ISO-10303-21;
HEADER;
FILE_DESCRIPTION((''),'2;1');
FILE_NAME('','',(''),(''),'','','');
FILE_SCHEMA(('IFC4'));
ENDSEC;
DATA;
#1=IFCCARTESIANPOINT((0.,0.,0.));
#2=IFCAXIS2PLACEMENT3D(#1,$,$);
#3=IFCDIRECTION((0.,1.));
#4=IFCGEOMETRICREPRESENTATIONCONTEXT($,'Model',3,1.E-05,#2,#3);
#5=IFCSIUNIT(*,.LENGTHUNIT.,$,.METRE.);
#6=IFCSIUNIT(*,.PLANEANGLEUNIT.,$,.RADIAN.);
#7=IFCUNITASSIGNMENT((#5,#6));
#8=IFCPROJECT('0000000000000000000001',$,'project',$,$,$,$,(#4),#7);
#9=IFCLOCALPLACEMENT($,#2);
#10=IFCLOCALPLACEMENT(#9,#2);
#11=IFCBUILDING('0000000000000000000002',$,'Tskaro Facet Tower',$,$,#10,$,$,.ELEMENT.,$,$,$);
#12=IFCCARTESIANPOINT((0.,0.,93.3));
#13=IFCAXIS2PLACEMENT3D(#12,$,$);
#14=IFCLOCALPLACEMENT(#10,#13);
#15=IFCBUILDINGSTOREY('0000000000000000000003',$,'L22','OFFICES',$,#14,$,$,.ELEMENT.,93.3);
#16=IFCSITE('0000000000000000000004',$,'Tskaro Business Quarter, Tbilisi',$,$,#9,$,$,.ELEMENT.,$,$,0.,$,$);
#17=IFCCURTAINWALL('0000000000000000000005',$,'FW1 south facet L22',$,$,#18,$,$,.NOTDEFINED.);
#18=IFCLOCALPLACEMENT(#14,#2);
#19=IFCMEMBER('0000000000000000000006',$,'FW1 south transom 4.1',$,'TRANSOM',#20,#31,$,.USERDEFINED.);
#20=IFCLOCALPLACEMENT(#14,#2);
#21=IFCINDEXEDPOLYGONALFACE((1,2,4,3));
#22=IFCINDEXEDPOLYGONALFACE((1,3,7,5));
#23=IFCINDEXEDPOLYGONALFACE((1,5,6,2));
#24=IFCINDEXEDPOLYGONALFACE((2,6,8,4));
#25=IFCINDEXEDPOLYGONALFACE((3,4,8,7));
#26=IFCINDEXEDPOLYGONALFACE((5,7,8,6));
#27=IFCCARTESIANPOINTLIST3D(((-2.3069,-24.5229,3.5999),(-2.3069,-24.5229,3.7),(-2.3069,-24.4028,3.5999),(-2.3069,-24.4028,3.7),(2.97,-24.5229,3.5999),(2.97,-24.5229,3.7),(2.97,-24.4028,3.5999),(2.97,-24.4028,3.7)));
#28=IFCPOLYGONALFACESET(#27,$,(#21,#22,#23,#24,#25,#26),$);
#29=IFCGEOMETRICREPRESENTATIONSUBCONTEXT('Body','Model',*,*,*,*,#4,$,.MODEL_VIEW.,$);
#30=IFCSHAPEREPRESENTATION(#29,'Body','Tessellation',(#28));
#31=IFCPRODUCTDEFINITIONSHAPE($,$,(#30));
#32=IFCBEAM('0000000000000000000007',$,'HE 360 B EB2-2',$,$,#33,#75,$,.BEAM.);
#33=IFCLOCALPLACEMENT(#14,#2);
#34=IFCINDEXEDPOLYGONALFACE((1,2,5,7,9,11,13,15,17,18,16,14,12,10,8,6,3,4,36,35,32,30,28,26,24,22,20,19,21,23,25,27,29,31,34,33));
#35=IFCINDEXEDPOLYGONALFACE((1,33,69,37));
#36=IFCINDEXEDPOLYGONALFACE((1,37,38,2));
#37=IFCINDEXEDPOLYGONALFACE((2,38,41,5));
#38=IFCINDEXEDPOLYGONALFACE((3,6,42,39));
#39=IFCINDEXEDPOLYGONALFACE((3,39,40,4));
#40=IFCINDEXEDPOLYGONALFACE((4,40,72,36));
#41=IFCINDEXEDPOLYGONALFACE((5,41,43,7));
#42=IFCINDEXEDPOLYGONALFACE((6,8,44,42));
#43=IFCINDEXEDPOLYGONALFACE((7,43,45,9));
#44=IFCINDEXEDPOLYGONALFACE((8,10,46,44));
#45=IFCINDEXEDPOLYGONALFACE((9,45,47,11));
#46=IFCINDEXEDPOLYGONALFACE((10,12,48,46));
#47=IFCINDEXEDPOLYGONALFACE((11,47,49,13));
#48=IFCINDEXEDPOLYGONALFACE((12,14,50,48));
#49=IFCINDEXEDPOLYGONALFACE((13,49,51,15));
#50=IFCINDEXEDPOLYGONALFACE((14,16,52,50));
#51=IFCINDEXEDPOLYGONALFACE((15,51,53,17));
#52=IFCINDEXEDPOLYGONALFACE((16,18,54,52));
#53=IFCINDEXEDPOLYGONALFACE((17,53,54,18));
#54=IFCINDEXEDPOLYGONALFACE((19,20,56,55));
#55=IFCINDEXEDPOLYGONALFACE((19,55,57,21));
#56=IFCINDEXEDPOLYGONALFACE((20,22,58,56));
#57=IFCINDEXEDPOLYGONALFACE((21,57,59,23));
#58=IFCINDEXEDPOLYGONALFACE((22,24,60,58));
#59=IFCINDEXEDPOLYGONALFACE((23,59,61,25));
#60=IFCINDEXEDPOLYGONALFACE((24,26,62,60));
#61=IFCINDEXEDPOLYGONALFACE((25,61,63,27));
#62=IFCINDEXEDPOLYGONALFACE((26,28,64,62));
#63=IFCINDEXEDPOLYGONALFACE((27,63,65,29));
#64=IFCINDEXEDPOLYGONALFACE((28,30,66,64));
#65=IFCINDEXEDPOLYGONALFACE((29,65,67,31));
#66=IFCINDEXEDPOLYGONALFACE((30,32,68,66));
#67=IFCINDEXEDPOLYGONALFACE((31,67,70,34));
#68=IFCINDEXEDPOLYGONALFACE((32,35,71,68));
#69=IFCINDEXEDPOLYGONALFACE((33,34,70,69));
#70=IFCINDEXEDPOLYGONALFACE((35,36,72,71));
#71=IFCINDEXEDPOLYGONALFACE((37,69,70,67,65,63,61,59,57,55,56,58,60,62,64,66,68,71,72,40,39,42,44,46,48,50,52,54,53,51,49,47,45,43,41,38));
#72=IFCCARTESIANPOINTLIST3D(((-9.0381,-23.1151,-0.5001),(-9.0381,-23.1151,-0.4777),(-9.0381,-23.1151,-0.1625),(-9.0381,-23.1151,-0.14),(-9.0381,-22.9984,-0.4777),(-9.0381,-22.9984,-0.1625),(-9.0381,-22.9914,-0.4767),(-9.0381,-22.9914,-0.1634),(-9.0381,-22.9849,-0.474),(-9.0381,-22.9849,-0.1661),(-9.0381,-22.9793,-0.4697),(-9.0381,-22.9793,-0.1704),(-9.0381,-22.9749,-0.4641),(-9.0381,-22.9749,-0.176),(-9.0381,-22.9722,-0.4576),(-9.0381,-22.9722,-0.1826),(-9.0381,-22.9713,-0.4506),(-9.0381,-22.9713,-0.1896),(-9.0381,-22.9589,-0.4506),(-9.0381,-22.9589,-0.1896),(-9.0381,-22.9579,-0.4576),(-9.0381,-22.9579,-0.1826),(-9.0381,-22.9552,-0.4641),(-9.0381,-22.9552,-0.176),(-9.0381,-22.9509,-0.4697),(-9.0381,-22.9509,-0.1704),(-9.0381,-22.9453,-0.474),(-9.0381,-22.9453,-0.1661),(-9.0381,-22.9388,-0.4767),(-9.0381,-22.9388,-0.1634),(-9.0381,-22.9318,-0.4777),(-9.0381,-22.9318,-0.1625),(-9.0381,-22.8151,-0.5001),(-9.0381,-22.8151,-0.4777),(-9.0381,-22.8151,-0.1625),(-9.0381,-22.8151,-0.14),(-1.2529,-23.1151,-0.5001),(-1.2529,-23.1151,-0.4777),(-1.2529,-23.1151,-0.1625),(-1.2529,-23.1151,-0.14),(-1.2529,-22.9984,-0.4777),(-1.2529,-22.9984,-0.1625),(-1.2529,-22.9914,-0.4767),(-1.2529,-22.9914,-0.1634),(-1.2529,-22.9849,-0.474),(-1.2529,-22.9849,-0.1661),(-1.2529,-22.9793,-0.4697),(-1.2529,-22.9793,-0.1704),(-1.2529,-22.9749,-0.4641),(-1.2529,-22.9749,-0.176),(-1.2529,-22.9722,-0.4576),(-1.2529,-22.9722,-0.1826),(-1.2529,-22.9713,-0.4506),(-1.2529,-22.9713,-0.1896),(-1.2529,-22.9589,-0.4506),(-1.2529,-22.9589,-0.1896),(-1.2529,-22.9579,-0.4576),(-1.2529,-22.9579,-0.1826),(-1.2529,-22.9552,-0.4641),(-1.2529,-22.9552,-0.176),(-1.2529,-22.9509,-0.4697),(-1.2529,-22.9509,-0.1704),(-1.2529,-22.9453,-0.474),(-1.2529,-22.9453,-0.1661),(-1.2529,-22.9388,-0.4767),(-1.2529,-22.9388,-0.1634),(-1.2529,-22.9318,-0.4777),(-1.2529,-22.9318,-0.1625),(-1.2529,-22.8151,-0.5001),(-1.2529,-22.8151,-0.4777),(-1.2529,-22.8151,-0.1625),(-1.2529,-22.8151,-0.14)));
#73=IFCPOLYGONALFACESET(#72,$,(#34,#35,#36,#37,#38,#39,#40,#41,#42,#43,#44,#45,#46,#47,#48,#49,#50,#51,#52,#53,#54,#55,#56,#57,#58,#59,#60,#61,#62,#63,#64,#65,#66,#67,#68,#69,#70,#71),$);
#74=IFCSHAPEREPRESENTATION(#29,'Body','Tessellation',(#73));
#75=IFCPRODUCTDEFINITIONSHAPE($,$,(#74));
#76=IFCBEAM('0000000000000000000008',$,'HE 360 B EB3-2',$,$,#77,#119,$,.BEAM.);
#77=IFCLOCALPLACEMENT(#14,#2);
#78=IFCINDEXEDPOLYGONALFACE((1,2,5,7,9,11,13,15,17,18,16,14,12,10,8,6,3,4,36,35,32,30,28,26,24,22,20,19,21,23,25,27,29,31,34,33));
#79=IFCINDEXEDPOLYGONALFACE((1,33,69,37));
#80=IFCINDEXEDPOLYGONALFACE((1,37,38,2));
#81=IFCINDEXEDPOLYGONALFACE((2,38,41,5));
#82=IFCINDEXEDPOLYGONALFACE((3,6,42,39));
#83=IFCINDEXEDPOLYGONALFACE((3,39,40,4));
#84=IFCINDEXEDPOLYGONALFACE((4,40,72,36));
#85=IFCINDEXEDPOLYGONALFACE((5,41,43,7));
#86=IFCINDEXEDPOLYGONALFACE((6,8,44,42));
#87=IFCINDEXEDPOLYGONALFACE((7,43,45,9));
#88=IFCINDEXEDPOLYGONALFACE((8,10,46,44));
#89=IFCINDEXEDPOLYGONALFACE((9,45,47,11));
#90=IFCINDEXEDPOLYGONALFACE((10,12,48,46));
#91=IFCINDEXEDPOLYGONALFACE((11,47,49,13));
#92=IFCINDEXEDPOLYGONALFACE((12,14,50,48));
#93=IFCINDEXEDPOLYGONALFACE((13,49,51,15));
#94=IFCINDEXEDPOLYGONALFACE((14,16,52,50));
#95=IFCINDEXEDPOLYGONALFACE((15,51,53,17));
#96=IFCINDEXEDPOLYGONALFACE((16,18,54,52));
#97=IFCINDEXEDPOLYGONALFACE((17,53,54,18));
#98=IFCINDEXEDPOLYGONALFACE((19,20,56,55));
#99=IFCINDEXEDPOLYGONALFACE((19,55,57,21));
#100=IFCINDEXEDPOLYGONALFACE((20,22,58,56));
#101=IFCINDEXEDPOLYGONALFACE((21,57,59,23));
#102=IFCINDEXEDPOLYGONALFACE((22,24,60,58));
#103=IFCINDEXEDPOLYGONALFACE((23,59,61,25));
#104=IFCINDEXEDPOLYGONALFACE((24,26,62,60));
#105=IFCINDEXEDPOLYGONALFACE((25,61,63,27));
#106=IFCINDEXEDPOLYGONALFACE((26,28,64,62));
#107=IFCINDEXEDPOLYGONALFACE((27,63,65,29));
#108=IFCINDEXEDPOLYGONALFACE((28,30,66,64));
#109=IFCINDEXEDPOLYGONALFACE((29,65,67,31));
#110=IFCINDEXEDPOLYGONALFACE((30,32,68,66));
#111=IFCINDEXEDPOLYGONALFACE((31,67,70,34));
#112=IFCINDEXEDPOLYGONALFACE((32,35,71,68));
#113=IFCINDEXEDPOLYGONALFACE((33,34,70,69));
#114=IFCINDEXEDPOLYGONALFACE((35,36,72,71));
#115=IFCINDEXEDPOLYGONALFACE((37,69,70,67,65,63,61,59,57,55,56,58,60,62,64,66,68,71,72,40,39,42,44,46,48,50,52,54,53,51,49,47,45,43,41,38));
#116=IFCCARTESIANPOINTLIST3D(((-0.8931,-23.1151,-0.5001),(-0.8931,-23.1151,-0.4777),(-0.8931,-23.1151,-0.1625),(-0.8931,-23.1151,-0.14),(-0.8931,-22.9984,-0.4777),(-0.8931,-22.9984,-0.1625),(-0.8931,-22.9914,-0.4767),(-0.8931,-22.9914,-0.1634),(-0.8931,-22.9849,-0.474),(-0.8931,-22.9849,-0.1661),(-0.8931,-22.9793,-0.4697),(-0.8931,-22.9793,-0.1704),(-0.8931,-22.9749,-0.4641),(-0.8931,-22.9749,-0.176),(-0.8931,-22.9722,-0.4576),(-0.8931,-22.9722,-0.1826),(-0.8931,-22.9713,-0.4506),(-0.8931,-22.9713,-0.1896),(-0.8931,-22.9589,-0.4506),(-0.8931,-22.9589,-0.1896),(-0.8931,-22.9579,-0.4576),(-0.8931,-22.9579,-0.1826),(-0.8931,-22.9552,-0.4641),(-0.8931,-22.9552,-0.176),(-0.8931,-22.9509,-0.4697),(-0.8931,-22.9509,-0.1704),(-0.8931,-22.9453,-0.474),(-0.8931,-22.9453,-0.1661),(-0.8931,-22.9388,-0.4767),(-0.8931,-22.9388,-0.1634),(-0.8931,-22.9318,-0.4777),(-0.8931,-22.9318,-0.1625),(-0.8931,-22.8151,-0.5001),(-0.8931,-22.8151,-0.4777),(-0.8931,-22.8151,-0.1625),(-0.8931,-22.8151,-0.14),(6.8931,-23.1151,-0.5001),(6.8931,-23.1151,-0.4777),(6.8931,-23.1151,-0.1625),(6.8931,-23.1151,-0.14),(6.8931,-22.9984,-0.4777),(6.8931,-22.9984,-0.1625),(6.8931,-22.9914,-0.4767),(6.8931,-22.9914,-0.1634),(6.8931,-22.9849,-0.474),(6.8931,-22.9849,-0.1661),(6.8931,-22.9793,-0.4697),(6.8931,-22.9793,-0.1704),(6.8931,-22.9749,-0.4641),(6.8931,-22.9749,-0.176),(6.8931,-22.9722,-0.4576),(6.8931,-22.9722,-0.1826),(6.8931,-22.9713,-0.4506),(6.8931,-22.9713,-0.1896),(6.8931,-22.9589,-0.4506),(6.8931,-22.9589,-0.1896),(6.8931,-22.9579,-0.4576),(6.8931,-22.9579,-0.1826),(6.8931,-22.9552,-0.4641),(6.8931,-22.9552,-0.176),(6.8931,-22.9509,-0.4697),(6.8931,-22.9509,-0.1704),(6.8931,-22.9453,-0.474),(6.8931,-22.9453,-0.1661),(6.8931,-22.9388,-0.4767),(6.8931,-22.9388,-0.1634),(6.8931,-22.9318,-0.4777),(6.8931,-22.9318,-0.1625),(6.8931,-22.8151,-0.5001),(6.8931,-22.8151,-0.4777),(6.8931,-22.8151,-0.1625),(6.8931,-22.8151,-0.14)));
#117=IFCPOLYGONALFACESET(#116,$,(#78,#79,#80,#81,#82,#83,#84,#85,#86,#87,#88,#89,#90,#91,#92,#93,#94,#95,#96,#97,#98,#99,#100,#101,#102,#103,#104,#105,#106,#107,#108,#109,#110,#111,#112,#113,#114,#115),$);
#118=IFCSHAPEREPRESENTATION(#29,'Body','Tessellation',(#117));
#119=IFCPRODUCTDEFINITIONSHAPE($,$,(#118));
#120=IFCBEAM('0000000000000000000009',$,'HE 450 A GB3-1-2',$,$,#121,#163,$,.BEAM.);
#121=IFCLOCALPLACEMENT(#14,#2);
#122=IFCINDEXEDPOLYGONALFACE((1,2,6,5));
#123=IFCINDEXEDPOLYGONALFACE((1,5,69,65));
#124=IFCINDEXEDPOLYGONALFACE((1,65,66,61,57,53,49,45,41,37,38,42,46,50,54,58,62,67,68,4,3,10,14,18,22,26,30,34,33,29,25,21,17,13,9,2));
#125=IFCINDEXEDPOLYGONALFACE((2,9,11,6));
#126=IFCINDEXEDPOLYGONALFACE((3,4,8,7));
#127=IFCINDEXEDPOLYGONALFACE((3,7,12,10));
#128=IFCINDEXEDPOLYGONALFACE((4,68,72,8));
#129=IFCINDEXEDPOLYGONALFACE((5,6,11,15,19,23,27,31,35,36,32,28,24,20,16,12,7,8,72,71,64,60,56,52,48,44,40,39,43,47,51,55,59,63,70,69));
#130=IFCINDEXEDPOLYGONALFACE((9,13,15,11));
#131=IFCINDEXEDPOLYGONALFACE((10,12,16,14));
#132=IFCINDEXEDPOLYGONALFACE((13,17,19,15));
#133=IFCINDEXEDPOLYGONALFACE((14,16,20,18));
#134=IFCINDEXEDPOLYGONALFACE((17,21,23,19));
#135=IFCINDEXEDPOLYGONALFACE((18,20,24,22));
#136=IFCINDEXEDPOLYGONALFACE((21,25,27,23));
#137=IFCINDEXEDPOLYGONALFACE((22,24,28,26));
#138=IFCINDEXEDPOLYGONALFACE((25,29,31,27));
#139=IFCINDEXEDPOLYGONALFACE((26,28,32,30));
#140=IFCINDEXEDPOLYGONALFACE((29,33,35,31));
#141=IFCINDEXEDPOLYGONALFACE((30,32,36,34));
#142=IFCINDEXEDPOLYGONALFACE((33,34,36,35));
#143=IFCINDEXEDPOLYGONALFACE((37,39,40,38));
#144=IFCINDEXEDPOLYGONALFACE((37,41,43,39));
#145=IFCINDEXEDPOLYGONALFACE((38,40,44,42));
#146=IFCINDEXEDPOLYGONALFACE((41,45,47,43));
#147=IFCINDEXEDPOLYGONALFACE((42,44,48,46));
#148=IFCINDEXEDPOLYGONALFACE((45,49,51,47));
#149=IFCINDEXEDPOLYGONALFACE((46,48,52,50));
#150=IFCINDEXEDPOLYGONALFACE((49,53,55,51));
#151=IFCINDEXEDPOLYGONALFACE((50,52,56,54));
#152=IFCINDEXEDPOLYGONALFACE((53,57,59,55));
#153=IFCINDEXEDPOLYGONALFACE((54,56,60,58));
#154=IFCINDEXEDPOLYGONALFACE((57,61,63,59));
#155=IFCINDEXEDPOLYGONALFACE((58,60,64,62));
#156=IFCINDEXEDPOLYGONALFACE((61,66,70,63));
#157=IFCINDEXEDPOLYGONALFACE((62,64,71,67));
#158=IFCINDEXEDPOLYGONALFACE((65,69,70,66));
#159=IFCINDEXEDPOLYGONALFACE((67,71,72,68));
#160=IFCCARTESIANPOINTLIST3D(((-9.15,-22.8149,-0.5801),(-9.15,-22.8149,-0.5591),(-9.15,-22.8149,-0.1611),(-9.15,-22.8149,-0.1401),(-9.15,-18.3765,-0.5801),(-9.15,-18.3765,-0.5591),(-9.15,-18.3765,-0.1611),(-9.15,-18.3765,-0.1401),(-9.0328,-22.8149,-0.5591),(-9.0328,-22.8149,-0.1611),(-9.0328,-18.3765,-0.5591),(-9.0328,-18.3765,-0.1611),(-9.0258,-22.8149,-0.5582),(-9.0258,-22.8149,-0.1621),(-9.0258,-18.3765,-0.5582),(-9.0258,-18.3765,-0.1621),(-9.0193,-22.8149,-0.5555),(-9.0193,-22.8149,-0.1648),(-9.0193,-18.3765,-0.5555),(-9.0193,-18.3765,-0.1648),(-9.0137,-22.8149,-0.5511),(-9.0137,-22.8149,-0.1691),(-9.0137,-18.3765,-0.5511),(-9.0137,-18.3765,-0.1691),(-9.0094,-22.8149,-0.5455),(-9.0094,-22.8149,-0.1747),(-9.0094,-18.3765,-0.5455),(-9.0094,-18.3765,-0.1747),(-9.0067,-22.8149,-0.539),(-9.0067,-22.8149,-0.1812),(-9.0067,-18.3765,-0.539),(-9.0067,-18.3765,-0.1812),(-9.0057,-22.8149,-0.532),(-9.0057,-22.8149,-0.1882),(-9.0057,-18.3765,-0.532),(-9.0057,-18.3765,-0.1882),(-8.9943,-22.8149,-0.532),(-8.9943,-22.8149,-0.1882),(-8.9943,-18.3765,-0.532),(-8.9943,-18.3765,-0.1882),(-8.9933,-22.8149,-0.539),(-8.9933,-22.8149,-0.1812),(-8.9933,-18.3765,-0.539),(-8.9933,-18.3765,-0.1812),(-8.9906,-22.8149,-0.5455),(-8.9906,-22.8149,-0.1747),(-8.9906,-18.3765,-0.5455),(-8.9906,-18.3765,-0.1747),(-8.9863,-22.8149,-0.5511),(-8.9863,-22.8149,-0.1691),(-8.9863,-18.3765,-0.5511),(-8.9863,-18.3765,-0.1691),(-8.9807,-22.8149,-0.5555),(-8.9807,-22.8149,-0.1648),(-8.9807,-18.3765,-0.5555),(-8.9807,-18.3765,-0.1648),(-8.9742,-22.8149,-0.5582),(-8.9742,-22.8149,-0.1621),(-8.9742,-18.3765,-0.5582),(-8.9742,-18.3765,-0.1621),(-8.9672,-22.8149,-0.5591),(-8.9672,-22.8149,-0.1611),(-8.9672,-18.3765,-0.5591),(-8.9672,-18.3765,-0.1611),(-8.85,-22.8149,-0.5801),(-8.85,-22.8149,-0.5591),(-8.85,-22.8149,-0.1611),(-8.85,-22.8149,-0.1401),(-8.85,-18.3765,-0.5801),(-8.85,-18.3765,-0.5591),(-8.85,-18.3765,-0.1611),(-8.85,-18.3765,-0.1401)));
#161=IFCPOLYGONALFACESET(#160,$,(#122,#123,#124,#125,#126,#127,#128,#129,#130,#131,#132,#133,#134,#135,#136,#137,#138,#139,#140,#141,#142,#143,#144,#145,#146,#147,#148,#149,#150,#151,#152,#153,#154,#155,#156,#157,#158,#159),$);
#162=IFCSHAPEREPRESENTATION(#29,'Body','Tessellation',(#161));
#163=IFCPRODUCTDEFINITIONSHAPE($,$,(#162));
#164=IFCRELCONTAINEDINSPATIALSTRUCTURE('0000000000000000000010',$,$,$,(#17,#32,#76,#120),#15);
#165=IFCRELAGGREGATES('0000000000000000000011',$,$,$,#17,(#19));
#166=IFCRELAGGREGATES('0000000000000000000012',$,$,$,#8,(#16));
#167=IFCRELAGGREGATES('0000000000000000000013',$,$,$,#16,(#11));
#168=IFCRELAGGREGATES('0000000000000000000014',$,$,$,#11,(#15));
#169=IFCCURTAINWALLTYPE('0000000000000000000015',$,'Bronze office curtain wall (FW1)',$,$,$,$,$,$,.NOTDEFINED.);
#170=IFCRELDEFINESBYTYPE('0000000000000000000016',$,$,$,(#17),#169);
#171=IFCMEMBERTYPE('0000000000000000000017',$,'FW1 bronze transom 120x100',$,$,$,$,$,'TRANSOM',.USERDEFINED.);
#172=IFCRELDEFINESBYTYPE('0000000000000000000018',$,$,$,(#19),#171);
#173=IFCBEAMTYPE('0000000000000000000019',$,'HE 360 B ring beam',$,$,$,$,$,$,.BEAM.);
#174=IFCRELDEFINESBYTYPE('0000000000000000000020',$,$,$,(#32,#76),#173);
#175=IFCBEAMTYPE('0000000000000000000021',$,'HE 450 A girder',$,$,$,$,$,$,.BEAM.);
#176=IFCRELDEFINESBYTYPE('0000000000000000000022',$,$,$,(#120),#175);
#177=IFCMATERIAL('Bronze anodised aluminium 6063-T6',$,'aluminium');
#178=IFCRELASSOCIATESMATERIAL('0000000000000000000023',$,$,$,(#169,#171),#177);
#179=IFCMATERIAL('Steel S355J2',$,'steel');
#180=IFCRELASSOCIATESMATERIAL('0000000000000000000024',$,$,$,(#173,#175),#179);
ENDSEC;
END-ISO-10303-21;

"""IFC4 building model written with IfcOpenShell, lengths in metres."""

from ifc_helpers import new_model, si_unit, direction, frame, origin, origin_2d, place, context, subcontext, project, spatial, rectangle, i_section, extrude, material, material_profile, profile_set, type_object, element, aggregate, save


model = new_model("IFC4")

# Units and contexts
model_context = context("Model", 3, precision=1e-05, world=origin(), true_north=direction((0.0, 1.0)))
body_context = subcontext(model_context, "Body", "Model", "MODEL_VIEW")
ifc_project = project(units=[si_unit("LENGTHUNIT", "METRE"), si_unit("PLANEANGLEUNIT", "RADIAN")], contexts=[model_context])

# Site, building, storey
site_placement = place(None, origin())
site = spatial("IfcSite", under=ifc_project, at=site_placement, Name="Tskaro Business Quarter, Tbilisi", CompositionType="ELEMENT", RefElevation=0.0)
building_placement = place(site_placement, origin())
building = spatial("IfcBuilding", under=site, at=building_placement, Name="Tskaro Facet Tower", CompositionType="ELEMENT")
storey_placement = place(building_placement, frame((0.0, 0.0, 93.3)))
storey = spatial("IfcBuildingStorey", under=building, at=storey_placement, Name="L22", Description="OFFICES", CompositionType="ELEMENT", Elevation=93.3)

# Curtain wall, member
ifc_material_1 = material(Name="Bronze anodised aluminium 6063-T6", Category="aluminium")
curtain_wall_type = type_object("IfcCurtainWallType", Name="Bronze office curtain wall (FW1)", PredefinedType="NOTDEFINED", material=ifc_material_1)
curtain_wall_placement = place(storey_placement, origin())
curtain_wall = element("IfcCurtainWall", 1, at=curtain_wall_placement, inside=storey, type_object=curtain_wall_type, Name="FW1 south facet L22", PredefinedType="NOTDEFINED")
ifc_material_profile_1 = material_profile(ifc_material_1, rectangle(XDim=0.1201, YDim=0.1001, at=origin_2d()), Name="Transom 120x100")
ifc_profile_set_1 = profile_set([ifc_material_profile_1], Name="Bronze anodised aluminium 6063-T6")
member_type_1 = type_object("IfcMemberType", Name="FW1 bronze transom 120x100", ElementType="TRANSOM", PredefinedType="USERDEFINED", material=ifc_profile_set_1)
member_1_placement = place(storey_placement, frame((-2.3069, -24.4629, 3.6499), z_axis=(1.0, 0.0, 0.0), x_axis=(0.0, 1.0, 0.0)))
member_1 = element("IfcMember", 2, at=member_1_placement, type_object=member_type_1, Name="FW1 south transom 4.1", ObjectType="TRANSOM", PredefinedType="USERDEFINED", context=body_context, shape_type="SweptSolid", body=[
    extrude(rectangle(XDim=0.1201, YDim=0.1001, at=origin_2d()), origin(), (0.0, 0.0, 1.0), 5.2769),
])

# Beams
ifc_material_2 = material(Name="Steel S355J2", Category="steel")
ifc_material_profile_2 = material_profile(ifc_material_2, i_section(OverallWidth=0.3, OverallDepth=0.3601, WebThickness=0.0125, FlangeThickness=0.0225, FilletRadius=0.0271, at=origin_2d()), Name="HE 360 B")
ifc_profile_set_2 = profile_set([ifc_material_profile_2], Name="Steel S355J2")
beam_type_1 = type_object("IfcBeamType", Name="HE 360 B ring beam", PredefinedType="BEAM", material=ifc_profile_set_2)
beam_1_placement = place(storey_placement, frame((-9.0381, -22.9651, -0.3201), z_axis=(1.0, 0.0, 0.0), x_axis=(0.0, 1.0, 0.0)))
element("IfcBeam", 3, at=beam_1_placement, inside=storey, type_object=beam_type_1, Name="HE 360 B EB2-2", PredefinedType="BEAM", context=body_context, shape_type="SweptSolid", body=[
    extrude(i_section(OverallWidth=0.3, OverallDepth=0.3601, WebThickness=0.0125, FlangeThickness=0.0225, FilletRadius=0.0271, at=origin_2d()), origin(), (0.0, 0.0, 1.0), 7.7852),
])
beam_2_placement = place(storey_placement, frame((-0.8931, -22.9651, -0.3201), z_axis=(1.0, 0.0, 0.0), x_axis=(0.0, 1.0, 0.0)))
element("IfcBeam", 4, at=beam_2_placement, inside=storey, type_object=beam_type_1, Name="HE 360 B EB3-2", PredefinedType="BEAM", context=body_context, shape_type="SweptSolid", body=[
    extrude(i_section(OverallWidth=0.3, OverallDepth=0.3601, WebThickness=0.0125, FlangeThickness=0.0225, FilletRadius=0.0271, at=origin_2d()), origin(), (0.0, 0.0, 1.0), 7.7861),
])
ifc_material_profile_3 = material_profile(ifc_material_2, i_section(OverallWidth=0.3, OverallDepth=0.4399, WebThickness=0.0115, FlangeThickness=0.021, FilletRadius=0.0271, at=origin_2d()), Name="HE 450 A")
ifc_profile_set_3 = profile_set([ifc_material_profile_3], Name="Steel S355J2")
beam_type_2 = type_object("IfcBeamType", Name="HE 450 A girder", PredefinedType="BEAM", material=ifc_profile_set_3)
beam_3_placement = place(storey_placement, frame((-9.0, -22.8149, -0.3601), z_axis=(0.0, 1.0, 0.0), x_axis=(-1.0, 0.0, 0.0)))
element("IfcBeam", 5, at=beam_3_placement, inside=storey, type_object=beam_type_2, Name="HE 450 A GB3-1-2", PredefinedType="BEAM", context=body_context, shape_type="SweptSolid", body=[
    extrude(i_section(OverallWidth=0.3, OverallDepth=0.4399, WebThickness=0.0115, FlangeThickness=0.021, FilletRadius=0.0271, at=origin_2d()), origin(), (0.0, 0.0, 1.0), 4.4385),
])

aggregate(curtain_wall, [member_1])

save(model, "model.ifc")
